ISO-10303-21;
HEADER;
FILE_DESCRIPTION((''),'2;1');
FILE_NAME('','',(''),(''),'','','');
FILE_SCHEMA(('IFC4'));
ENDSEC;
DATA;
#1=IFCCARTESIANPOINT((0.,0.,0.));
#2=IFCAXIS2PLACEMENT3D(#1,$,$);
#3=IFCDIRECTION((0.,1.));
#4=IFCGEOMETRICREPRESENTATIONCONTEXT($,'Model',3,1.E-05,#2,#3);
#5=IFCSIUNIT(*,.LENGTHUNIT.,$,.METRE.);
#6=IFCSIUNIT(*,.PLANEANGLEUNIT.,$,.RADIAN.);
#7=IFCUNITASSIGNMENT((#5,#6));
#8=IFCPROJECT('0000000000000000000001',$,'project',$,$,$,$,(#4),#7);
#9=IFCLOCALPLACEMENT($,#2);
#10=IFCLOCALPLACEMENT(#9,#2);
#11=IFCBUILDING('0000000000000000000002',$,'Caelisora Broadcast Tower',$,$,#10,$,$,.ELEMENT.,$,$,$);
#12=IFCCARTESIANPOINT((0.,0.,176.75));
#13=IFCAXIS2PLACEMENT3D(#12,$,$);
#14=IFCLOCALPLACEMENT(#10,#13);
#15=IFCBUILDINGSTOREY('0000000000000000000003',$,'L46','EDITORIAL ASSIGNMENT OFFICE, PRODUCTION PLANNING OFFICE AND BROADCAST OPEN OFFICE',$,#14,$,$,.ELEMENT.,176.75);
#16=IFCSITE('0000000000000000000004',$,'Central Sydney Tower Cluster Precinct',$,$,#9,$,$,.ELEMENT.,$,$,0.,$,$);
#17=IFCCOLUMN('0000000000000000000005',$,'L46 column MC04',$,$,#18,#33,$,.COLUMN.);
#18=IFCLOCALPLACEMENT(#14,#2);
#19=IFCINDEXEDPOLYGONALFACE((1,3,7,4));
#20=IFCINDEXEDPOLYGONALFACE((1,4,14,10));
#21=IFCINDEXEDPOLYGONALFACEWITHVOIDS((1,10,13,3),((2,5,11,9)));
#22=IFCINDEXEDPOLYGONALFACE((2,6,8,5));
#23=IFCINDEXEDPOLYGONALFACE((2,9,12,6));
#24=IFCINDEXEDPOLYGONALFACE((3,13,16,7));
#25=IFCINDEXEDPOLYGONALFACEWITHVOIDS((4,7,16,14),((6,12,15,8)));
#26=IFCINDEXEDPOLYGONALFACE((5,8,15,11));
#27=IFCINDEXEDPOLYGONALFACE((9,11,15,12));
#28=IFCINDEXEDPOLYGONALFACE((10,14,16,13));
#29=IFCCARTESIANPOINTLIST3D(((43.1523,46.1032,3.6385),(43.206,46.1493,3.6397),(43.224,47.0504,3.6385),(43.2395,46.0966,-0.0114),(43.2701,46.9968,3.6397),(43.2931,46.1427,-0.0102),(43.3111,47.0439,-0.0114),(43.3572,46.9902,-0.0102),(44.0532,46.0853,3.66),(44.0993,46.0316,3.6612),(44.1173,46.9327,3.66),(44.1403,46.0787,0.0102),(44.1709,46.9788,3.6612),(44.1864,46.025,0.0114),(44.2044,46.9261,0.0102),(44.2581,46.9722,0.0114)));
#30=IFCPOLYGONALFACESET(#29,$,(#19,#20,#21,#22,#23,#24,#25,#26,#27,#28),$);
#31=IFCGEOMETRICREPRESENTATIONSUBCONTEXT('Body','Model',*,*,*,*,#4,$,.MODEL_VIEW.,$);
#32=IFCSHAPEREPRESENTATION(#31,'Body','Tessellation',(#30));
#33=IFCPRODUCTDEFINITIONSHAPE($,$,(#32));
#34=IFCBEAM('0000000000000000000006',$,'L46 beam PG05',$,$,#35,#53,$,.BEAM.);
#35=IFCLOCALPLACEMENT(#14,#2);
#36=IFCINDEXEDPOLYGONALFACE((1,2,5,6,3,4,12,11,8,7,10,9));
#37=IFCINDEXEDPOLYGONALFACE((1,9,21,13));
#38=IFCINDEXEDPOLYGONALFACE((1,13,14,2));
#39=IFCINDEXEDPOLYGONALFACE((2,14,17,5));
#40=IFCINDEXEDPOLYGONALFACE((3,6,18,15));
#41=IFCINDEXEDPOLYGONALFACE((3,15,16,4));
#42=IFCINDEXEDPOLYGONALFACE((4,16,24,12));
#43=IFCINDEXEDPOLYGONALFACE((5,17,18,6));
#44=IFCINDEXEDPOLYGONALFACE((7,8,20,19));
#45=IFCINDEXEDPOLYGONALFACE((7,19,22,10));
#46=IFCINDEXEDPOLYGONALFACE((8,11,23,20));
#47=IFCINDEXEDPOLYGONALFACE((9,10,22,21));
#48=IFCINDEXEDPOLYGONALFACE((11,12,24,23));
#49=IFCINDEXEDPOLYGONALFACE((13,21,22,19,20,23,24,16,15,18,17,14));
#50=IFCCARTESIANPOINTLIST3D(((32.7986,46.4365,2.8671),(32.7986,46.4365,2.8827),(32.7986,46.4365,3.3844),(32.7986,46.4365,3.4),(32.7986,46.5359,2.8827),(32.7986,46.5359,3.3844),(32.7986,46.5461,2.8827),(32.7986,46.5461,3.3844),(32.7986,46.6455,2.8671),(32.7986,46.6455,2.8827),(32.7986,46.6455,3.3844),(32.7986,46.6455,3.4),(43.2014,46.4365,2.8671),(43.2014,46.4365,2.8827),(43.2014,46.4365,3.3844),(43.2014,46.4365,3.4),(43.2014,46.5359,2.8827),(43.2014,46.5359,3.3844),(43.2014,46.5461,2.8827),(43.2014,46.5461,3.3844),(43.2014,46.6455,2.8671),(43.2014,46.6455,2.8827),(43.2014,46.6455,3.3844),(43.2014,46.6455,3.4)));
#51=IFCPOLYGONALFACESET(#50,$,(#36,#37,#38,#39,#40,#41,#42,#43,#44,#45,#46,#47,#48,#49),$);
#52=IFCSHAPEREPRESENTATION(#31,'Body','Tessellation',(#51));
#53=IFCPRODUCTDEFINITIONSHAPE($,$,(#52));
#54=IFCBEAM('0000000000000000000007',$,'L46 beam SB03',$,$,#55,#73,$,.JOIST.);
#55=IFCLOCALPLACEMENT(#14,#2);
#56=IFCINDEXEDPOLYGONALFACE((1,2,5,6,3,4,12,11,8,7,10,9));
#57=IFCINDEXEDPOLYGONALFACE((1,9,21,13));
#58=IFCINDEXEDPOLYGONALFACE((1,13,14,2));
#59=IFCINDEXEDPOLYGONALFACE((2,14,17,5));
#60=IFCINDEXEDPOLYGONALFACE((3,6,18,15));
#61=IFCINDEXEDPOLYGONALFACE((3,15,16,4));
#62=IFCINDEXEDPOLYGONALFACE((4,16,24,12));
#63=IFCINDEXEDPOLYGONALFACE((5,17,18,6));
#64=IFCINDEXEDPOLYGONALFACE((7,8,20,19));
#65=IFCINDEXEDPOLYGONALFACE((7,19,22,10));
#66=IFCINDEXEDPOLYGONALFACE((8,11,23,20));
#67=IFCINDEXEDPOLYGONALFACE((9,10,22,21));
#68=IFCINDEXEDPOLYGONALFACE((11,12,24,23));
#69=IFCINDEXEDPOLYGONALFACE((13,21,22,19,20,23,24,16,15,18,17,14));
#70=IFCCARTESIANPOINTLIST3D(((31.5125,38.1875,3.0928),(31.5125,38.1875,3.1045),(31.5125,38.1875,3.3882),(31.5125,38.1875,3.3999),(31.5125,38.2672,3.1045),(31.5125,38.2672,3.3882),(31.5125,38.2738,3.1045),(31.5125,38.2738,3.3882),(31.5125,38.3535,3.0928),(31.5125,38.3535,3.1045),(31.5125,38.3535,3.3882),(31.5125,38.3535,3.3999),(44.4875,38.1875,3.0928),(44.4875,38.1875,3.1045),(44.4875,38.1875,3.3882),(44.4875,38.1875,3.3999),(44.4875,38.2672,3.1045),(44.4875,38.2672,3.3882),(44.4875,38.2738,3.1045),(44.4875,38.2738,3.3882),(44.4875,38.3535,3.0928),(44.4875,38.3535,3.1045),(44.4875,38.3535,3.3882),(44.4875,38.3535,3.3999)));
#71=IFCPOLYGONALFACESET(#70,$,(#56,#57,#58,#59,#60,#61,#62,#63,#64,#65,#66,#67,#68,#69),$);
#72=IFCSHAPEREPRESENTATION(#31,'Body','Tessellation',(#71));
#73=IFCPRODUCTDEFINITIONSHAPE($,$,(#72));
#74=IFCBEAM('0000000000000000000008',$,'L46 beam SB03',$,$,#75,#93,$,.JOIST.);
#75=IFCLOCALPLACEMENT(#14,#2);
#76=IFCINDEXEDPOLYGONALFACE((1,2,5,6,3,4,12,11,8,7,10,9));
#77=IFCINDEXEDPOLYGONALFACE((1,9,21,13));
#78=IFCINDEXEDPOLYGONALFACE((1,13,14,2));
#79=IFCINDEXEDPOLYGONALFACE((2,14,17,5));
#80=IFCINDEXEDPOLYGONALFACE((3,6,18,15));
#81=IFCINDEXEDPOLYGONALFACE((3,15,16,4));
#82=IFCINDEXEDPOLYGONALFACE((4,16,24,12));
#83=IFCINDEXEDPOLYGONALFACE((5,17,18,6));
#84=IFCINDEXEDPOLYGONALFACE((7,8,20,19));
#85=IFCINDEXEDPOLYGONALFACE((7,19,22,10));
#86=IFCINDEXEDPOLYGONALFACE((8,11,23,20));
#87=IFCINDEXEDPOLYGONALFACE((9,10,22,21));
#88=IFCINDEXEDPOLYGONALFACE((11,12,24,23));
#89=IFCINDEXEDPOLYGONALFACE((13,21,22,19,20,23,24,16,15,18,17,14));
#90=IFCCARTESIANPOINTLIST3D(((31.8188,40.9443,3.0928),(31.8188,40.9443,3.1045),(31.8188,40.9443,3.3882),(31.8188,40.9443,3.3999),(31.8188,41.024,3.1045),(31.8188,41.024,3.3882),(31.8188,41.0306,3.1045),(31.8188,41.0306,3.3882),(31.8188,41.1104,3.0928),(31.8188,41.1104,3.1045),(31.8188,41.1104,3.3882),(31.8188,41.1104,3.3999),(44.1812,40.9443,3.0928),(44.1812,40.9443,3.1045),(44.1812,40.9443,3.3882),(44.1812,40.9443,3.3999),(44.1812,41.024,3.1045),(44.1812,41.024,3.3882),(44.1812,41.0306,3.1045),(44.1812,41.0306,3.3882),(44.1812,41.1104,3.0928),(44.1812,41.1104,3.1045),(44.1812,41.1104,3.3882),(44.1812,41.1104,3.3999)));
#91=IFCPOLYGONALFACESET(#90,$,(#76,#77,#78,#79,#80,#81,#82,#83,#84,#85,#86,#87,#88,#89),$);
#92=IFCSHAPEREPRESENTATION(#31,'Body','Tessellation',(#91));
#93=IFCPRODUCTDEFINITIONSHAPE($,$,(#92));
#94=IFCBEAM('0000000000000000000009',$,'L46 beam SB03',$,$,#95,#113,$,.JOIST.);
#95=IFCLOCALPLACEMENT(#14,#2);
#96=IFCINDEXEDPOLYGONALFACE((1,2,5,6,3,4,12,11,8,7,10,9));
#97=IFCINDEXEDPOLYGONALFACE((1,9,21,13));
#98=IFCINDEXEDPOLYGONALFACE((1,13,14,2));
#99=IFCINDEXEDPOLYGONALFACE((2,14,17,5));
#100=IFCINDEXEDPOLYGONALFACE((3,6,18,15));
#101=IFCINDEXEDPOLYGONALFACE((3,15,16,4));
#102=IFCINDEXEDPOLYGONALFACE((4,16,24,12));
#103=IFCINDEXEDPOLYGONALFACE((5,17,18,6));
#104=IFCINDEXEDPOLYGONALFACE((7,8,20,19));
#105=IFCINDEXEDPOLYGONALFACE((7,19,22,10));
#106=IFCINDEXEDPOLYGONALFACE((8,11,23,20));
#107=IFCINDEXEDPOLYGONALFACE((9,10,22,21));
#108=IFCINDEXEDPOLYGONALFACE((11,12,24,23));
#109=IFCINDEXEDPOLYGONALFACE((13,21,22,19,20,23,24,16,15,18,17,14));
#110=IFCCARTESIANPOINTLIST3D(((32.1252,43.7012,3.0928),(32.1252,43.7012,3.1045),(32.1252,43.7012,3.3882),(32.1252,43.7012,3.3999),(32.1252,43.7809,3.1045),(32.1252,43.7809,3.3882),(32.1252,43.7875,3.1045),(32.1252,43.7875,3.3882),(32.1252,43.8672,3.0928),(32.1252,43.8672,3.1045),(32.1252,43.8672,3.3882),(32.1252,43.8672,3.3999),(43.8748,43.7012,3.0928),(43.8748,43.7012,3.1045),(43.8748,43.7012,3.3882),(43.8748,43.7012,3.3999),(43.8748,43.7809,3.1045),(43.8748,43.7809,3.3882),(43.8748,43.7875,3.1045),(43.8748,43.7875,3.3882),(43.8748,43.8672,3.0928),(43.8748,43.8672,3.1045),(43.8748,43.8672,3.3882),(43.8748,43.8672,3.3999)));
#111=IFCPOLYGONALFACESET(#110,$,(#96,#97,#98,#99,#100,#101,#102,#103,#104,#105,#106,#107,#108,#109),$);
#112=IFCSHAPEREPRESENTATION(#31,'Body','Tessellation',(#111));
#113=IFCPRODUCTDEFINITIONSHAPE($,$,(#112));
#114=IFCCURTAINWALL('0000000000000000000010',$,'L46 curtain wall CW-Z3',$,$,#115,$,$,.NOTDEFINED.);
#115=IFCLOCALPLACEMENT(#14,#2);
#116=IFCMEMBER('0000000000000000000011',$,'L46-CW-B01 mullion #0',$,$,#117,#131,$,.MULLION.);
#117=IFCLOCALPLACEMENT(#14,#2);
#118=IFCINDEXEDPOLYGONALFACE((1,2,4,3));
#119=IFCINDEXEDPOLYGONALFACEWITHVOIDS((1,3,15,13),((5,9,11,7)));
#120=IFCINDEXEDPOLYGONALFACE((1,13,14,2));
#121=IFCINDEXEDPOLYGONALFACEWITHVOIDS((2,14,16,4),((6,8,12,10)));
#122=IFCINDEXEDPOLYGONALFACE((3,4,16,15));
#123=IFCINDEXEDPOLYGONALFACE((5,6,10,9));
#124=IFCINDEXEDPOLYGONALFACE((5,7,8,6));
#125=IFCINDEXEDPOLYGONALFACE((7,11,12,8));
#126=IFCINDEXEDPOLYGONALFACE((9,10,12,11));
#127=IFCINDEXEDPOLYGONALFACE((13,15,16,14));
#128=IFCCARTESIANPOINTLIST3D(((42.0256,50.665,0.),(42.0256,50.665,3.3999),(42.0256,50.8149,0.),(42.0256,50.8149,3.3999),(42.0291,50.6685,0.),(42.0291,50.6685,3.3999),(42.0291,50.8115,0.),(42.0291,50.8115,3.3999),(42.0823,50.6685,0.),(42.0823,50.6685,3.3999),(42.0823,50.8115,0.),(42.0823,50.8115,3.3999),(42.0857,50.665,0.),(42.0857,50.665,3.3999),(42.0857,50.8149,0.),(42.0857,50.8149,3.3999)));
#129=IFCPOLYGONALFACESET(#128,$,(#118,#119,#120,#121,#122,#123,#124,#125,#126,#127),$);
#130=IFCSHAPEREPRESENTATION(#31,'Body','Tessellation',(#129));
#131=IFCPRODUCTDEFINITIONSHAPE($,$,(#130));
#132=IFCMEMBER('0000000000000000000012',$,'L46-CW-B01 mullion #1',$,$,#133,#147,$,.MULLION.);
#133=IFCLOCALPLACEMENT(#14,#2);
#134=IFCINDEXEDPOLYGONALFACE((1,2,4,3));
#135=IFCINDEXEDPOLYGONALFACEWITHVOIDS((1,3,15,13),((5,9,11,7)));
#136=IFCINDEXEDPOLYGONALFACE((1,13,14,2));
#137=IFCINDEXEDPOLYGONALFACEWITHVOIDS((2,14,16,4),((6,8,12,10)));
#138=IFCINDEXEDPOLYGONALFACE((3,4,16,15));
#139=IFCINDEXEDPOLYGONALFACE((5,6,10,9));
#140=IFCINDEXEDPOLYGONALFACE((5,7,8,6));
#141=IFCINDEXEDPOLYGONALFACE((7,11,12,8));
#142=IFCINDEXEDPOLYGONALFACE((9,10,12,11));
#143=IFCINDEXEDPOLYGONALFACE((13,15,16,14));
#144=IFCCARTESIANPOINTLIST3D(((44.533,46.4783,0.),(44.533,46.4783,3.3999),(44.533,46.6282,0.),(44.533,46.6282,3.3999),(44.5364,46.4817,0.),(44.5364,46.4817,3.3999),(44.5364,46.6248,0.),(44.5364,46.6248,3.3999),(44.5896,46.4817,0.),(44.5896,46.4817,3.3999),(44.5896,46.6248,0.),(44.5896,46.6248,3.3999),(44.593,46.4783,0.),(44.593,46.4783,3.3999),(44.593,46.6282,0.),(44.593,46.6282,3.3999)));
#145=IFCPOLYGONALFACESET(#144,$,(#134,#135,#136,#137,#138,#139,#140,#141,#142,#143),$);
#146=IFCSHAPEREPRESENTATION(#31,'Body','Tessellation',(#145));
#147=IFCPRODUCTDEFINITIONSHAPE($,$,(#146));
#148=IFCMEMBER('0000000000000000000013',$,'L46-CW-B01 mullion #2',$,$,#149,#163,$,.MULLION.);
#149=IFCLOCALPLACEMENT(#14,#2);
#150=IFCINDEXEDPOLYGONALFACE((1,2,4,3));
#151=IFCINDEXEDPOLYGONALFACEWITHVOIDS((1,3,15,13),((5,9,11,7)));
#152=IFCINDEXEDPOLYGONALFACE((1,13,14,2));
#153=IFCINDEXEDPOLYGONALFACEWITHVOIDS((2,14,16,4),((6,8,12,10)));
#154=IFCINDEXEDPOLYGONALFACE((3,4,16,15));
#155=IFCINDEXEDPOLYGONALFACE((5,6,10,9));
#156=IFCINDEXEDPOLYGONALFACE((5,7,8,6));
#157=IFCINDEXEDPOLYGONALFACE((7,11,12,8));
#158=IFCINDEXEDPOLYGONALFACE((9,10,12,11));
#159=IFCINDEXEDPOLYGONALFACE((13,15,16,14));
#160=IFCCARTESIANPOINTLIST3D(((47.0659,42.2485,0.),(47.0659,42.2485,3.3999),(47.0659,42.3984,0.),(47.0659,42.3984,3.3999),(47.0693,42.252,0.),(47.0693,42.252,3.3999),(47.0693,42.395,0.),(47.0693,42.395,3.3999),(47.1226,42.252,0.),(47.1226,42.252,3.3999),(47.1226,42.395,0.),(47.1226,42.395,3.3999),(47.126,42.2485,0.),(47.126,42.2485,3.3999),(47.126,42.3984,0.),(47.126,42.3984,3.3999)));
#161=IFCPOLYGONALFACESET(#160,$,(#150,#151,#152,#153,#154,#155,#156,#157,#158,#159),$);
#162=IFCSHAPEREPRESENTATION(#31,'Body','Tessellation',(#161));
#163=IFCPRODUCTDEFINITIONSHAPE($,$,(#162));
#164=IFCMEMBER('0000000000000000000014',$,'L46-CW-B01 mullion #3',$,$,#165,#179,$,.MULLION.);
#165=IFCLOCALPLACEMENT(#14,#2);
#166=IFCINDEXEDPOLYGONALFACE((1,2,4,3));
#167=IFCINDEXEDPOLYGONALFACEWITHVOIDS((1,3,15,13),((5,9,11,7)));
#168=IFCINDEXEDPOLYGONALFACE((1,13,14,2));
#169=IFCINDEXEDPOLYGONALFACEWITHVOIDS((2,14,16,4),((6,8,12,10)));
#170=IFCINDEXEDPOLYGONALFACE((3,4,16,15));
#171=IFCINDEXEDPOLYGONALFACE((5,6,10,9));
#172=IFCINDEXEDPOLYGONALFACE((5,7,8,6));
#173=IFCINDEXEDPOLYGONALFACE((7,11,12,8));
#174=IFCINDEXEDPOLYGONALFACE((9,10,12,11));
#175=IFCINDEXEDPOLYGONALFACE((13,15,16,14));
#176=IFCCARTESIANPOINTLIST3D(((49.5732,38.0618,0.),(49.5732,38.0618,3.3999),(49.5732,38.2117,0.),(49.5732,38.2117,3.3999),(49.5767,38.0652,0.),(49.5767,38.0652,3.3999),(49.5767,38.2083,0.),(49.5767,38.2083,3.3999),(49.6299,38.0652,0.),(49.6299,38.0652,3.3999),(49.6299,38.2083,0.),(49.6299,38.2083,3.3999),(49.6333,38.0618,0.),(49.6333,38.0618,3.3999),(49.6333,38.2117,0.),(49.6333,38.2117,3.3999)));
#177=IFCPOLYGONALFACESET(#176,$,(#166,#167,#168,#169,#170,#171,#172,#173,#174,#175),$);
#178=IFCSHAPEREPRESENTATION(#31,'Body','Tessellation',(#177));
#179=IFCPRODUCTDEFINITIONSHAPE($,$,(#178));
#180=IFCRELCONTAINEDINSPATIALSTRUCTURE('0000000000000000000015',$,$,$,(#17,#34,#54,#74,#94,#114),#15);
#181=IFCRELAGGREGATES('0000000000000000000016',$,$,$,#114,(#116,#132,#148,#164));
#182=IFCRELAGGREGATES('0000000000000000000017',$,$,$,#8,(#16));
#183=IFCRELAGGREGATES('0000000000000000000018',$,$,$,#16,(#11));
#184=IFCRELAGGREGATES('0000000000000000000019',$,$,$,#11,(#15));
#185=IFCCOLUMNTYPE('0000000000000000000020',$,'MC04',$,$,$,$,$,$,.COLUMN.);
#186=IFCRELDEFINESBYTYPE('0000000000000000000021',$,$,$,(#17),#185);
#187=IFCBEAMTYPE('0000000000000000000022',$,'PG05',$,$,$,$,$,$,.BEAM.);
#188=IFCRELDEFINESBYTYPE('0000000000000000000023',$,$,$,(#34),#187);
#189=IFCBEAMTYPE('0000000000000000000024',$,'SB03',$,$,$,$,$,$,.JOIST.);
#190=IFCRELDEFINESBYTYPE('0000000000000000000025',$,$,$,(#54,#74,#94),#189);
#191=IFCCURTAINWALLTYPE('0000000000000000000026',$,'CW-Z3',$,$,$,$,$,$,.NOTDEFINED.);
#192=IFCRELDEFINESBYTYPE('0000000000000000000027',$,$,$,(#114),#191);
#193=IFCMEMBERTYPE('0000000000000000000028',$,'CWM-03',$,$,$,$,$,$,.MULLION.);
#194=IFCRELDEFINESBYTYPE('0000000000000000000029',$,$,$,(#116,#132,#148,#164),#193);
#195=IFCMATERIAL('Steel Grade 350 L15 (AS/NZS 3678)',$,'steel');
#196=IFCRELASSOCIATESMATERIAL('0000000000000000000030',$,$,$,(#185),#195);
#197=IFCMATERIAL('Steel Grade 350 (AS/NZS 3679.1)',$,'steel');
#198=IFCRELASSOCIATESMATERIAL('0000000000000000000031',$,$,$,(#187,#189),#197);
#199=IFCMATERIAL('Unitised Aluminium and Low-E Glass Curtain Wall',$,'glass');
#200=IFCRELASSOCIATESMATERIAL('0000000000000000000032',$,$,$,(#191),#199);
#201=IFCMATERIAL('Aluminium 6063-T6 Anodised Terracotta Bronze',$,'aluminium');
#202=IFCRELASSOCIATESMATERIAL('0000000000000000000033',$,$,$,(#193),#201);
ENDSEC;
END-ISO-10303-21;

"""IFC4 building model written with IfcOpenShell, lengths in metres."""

from ifc_helpers import new_model, si_unit, direction, frame, origin, origin_2d, place, context, subcontext, project, spatial, hollow_rectangle, i_section, extrude, source, transform, mapped, material, material_profile, profile_set, type_object, type_shapes, element, aggregate, save


model = new_model("IFC4")

# Units and contexts
model_context = context("Model", 3, precision=1e-05, world=origin(), true_north=direction((0.0, 1.0)))
body_context = subcontext(model_context, "Body", "Model", "MODEL_VIEW")
ifc_project = project(units=[si_unit("LENGTHUNIT", "METRE"), si_unit("PLANEANGLEUNIT", "RADIAN")], contexts=[model_context])

# Site, building, storey
site_placement = place(None, origin())
site = spatial("IfcSite", under=ifc_project, at=site_placement, Name="Central Sydney Tower Cluster Precinct", CompositionType="ELEMENT", RefElevation=0.0)
building_placement = place(site_placement, origin())
building = spatial("IfcBuilding", under=site, at=building_placement, Name="Caelisora Broadcast Tower", CompositionType="ELEMENT")
storey_placement = place(building_placement, frame((0.0, 0.0, 176.75)))
storey = spatial("IfcBuildingStorey", under=building, at=storey_placement, Name="L46", Description="EDITORIAL ASSIGNMENT OFFICE, PRODUCTION PLANNING OFFICE AND BROADCAST OPEN OFFICE", CompositionType="ELEMENT", Elevation=176.75)

# Column
ifc_material_1 = material(Name="Steel Grade 350 L15 (AS/NZS 3678)", Category="steel")
ifc_material_profile_1 = material_profile(ifc_material_1, hollow_rectangle(XDim=0.95, YDim=0.95, WallThickness=0.05, at=origin_2d()), Name="Steel Grade 350 L15 (AS/NZS 3678)")
ifc_profile_set_1 = profile_set([ifc_material_profile_1], Name="Steel Grade 350 L15 (AS/NZS 3678)")
column_type = type_object("IfcColumnType", Name="MC04", PredefinedType="COLUMN", material=ifc_profile_set_1)
shared_shape_1 = source(origin(), body_context, "Body", "SweptSolid", [
    extrude(hollow_rectangle(XDim=0.95, YDim=0.95, WallThickness=0.05, at=origin_2d()), origin(), (0.0, 0.0, 1.0), 3.6509),
])
type_shapes(column_type, [shared_shape_1])
column_placement = place(storey_placement, frame((43.7488, 46.5344, 0.0), z_axis=(-0.023873, 0.001806, 0.999713), x_axis=(-0.075415, -0.997152, 0.0)))
element("IfcColumn", 1, at=column_placement, inside=storey, type_object=column_type, Name="L46 column MC04", PredefinedType="COLUMN", context=body_context, shape_type="MappedRepresentation", body=[
    mapped(shared_shape_1, transform((0.0, 0.0, 0.0), scale=1.0)),
])

# Beams
ifc_material_2 = material(Name="Steel Grade 350 (AS/NZS 3679.1)", Category="steel")
ifc_material_profile_2 = material_profile(ifc_material_2, i_section(OverallWidth=0.209, OverallDepth=0.533, WebThickness=0.0103, FlangeThickness=0.0156, at=origin_2d()), Name="Steel Grade 350 (AS/NZS 3679.1)")
ifc_profile_set_2 = profile_set([ifc_material_profile_2], Name="Steel Grade 350 (AS/NZS 3679.1)")
beam_type_1 = type_object("IfcBeamType", Name="PG05", PredefinedType="BEAM", material=ifc_profile_set_2)
shared_shape_2 = source(origin(), body_context, "Body", "SweptSolid", [
    extrude(i_section(OverallWidth=0.209, OverallDepth=0.533, WebThickness=0.0103, FlangeThickness=0.0156, at=origin_2d()), origin(), (0.0, 0.0, 1.0), 10.4028),
])
type_shapes(beam_type_1, [shared_shape_2])
beam_1_placement = place(storey_placement, frame((43.2014, 46.541, 3.1335), z_axis=(-1.0, 0.0, 0.0), x_axis=(0.0, -1.0, 0.0)))
element("IfcBeam", 2, at=beam_1_placement, inside=storey, type_object=beam_type_1, Name="L46 beam PG05", PredefinedType="BEAM", context=body_context, shape_type="MappedRepresentation", body=[
    mapped(shared_shape_2, transform((0.0, 0.0, 0.0), scale=1.0)),
])
ifc_material_profile_3 = material_profile(ifc_material_2, i_section(OverallWidth=0.166, OverallDepth=0.3071, WebThickness=0.0066, FlangeThickness=0.0117, at=origin_2d()), Name="Steel Grade 350 (AS/NZS 3679.1)")
ifc_profile_set_3 = profile_set([ifc_material_profile_3], Name="Steel Grade 350 (AS/NZS 3679.1)")
beam_type_2 = type_object("IfcBeamType", Name="SB03", PredefinedType="JOIST", material=ifc_profile_set_3)
shared_shape_3 = source(origin(), body_context, "Body", "SweptSolid", [
    extrude(i_section(OverallWidth=0.166, OverallDepth=0.3071, WebThickness=0.0066, FlangeThickness=0.0117, at=origin_2d()), origin(), (0.0, 0.0, 1.0), 12.9751),
])
beam_2_placement = place(storey_placement, frame((44.4875, 38.2705, 3.2463), z_axis=(-1.0, 0.0, 0.0), x_axis=(0.0, -1.0, 0.0)))
element("IfcBeam", 3, at=beam_2_placement, inside=storey, type_object=beam_type_2, Name="L46 beam SB03", PredefinedType="JOIST", context=body_context, shape_type="MappedRepresentation", body=[
    mapped(shared_shape_3, transform((0.0, 0.0, 0.0), scale=1.0)),
])
shared_shape_4 = source(origin(), body_context, "Body", "SweptSolid", [
    extrude(i_section(OverallWidth=0.166, OverallDepth=0.3071, WebThickness=0.0066, FlangeThickness=0.0117, at=origin_2d()), origin(), (0.0, 0.0, 1.0), 12.3623),
])
beam_3_placement = place(storey_placement, frame((44.1812, 41.0273, 3.2463), z_axis=(-1.0, 0.0, 0.0), x_axis=(0.0, -1.0, 0.0)))
element("IfcBeam", 4, at=beam_3_placement, inside=storey, type_object=beam_type_2, Name="L46 beam SB03", PredefinedType="JOIST", context=body_context, shape_type="MappedRepresentation", body=[
    mapped(shared_shape_4, transform((0.0, 0.0, 0.0), scale=1.0)),
])
shared_shape_5 = source(origin(), body_context, "Body", "SweptSolid", [
    extrude(i_section(OverallWidth=0.166, OverallDepth=0.3071, WebThickness=0.0066, FlangeThickness=0.0117, at=origin_2d()), origin(), (0.0, 0.0, 1.0), 11.7495),
])
type_shapes(beam_type_2, [shared_shape_3, shared_shape_4, shared_shape_5])
beam_4_placement = place(storey_placement, frame((43.8748, 43.7842, 3.2463), z_axis=(-1.0, 0.0, 0.0), x_axis=(0.0, -1.0, 0.0)))
element("IfcBeam", 5, at=beam_4_placement, inside=storey, type_object=beam_type_2, Name="L46 beam SB03", PredefinedType="JOIST", context=body_context, shape_type="MappedRepresentation", body=[
    mapped(shared_shape_5, transform((0.0, 0.0, 0.0), scale=1.0)),
])

# Curtain wall, members
ifc_material_3 = material(Name="Unitised Aluminium and Low-E Glass Curtain Wall", Category="glass")
curtain_wall_type_1 = type_object("IfcCurtainWallType", Name="CW-Z3", PredefinedType="NOTDEFINED", material=ifc_material_3)
curtain_wall_1_placement = place(storey_placement, origin())
curtain_wall_1 = element("IfcCurtainWall", 6, at=curtain_wall_1_placement, inside=storey, type_object=curtain_wall_type_1, Name="L46 curtain wall CW-Z3", PredefinedType="NOTDEFINED")
ifc_material_4 = material(Name="Aluminium 6063-T6 Anodised Terracotta Bronze", Category="aluminium")
ifc_material_profile_4 = material_profile(ifc_material_4, hollow_rectangle(XDim=0.0601, YDim=0.1499, WallThickness=0.0034, at=origin_2d()), Name="Aluminium 6063-T6 Anodised Terracotta Bronze")
ifc_profile_set_4 = profile_set([ifc_material_profile_4], Name="Aluminium 6063-T6 Anodised Terracotta Bronze")
member_type_1 = type_object("IfcMemberType", Name="CWM-03", PredefinedType="MULLION", material=ifc_profile_set_4)
shared_shape_6 = source(origin(), body_context, "Body", "SweptSolid", [
    extrude(hollow_rectangle(XDim=0.0601, YDim=0.1499, WallThickness=0.0034, at=origin_2d()), origin(), (0.0, 0.0, 1.0), 3.3999),
])
type_shapes(member_type_1, [shared_shape_6])
member_1_placement = place(storey_placement, frame((42.0557, 50.74, 0.0), z_axis=(0.0, 0.0, 1.0), x_axis=(1.0, 0.0, 0.0)))
member_1 = element("IfcMember", 7, at=member_1_placement, type_object=member_type_1, Name="L46-CW-B01 mullion #0", PredefinedType="MULLION", context=body_context, shape_type="MappedRepresentation", body=[
    mapped(shared_shape_6, transform((0.0, 0.0, 0.0), scale=1.0)),
])
member_2_placement = place(storey_placement, frame((44.563, 46.5532, 0.0), z_axis=(0.0, 0.0, 1.0), x_axis=(1.0, 0.0, 0.0)))
member_2 = element("IfcMember", 8, at=member_2_placement, type_object=member_type_1, Name="L46-CW-B01 mullion #1", PredefinedType="MULLION", context=body_context, shape_type="MappedRepresentation", body=[
    mapped(shared_shape_6, transform((0.0, 0.0, 0.0), scale=1.0)),
])
member_3_placement = place(storey_placement, frame((47.0959, 42.3235, 0.0), z_axis=(0.0, 0.0, 1.0), x_axis=(1.0, 0.0, 0.0)))
member_3 = element("IfcMember", 9, at=member_3_placement, type_object=member_type_1, Name="L46-CW-B01 mullion #2", PredefinedType="MULLION", context=body_context, shape_type="MappedRepresentation", body=[
    mapped(shared_shape_6, transform((0.0, 0.0, 0.0), scale=1.0)),
])
member_4_placement = place(storey_placement, frame((49.6033, 38.1367, 0.0), z_axis=(0.0, 0.0, 1.0), x_axis=(1.0, 0.0, 0.0)))
member_4 = element("IfcMember", 10, at=member_4_placement, type_object=member_type_1, Name="L46-CW-B01 mullion #3", PredefinedType="MULLION", context=body_context, shape_type="MappedRepresentation", body=[
    mapped(shared_shape_6, transform((0.0, 0.0, 0.0), scale=1.0)),
])

aggregate(curtain_wall_1, [member_1, member_2, member_3, member_4])

save(model, "model.ifc")
